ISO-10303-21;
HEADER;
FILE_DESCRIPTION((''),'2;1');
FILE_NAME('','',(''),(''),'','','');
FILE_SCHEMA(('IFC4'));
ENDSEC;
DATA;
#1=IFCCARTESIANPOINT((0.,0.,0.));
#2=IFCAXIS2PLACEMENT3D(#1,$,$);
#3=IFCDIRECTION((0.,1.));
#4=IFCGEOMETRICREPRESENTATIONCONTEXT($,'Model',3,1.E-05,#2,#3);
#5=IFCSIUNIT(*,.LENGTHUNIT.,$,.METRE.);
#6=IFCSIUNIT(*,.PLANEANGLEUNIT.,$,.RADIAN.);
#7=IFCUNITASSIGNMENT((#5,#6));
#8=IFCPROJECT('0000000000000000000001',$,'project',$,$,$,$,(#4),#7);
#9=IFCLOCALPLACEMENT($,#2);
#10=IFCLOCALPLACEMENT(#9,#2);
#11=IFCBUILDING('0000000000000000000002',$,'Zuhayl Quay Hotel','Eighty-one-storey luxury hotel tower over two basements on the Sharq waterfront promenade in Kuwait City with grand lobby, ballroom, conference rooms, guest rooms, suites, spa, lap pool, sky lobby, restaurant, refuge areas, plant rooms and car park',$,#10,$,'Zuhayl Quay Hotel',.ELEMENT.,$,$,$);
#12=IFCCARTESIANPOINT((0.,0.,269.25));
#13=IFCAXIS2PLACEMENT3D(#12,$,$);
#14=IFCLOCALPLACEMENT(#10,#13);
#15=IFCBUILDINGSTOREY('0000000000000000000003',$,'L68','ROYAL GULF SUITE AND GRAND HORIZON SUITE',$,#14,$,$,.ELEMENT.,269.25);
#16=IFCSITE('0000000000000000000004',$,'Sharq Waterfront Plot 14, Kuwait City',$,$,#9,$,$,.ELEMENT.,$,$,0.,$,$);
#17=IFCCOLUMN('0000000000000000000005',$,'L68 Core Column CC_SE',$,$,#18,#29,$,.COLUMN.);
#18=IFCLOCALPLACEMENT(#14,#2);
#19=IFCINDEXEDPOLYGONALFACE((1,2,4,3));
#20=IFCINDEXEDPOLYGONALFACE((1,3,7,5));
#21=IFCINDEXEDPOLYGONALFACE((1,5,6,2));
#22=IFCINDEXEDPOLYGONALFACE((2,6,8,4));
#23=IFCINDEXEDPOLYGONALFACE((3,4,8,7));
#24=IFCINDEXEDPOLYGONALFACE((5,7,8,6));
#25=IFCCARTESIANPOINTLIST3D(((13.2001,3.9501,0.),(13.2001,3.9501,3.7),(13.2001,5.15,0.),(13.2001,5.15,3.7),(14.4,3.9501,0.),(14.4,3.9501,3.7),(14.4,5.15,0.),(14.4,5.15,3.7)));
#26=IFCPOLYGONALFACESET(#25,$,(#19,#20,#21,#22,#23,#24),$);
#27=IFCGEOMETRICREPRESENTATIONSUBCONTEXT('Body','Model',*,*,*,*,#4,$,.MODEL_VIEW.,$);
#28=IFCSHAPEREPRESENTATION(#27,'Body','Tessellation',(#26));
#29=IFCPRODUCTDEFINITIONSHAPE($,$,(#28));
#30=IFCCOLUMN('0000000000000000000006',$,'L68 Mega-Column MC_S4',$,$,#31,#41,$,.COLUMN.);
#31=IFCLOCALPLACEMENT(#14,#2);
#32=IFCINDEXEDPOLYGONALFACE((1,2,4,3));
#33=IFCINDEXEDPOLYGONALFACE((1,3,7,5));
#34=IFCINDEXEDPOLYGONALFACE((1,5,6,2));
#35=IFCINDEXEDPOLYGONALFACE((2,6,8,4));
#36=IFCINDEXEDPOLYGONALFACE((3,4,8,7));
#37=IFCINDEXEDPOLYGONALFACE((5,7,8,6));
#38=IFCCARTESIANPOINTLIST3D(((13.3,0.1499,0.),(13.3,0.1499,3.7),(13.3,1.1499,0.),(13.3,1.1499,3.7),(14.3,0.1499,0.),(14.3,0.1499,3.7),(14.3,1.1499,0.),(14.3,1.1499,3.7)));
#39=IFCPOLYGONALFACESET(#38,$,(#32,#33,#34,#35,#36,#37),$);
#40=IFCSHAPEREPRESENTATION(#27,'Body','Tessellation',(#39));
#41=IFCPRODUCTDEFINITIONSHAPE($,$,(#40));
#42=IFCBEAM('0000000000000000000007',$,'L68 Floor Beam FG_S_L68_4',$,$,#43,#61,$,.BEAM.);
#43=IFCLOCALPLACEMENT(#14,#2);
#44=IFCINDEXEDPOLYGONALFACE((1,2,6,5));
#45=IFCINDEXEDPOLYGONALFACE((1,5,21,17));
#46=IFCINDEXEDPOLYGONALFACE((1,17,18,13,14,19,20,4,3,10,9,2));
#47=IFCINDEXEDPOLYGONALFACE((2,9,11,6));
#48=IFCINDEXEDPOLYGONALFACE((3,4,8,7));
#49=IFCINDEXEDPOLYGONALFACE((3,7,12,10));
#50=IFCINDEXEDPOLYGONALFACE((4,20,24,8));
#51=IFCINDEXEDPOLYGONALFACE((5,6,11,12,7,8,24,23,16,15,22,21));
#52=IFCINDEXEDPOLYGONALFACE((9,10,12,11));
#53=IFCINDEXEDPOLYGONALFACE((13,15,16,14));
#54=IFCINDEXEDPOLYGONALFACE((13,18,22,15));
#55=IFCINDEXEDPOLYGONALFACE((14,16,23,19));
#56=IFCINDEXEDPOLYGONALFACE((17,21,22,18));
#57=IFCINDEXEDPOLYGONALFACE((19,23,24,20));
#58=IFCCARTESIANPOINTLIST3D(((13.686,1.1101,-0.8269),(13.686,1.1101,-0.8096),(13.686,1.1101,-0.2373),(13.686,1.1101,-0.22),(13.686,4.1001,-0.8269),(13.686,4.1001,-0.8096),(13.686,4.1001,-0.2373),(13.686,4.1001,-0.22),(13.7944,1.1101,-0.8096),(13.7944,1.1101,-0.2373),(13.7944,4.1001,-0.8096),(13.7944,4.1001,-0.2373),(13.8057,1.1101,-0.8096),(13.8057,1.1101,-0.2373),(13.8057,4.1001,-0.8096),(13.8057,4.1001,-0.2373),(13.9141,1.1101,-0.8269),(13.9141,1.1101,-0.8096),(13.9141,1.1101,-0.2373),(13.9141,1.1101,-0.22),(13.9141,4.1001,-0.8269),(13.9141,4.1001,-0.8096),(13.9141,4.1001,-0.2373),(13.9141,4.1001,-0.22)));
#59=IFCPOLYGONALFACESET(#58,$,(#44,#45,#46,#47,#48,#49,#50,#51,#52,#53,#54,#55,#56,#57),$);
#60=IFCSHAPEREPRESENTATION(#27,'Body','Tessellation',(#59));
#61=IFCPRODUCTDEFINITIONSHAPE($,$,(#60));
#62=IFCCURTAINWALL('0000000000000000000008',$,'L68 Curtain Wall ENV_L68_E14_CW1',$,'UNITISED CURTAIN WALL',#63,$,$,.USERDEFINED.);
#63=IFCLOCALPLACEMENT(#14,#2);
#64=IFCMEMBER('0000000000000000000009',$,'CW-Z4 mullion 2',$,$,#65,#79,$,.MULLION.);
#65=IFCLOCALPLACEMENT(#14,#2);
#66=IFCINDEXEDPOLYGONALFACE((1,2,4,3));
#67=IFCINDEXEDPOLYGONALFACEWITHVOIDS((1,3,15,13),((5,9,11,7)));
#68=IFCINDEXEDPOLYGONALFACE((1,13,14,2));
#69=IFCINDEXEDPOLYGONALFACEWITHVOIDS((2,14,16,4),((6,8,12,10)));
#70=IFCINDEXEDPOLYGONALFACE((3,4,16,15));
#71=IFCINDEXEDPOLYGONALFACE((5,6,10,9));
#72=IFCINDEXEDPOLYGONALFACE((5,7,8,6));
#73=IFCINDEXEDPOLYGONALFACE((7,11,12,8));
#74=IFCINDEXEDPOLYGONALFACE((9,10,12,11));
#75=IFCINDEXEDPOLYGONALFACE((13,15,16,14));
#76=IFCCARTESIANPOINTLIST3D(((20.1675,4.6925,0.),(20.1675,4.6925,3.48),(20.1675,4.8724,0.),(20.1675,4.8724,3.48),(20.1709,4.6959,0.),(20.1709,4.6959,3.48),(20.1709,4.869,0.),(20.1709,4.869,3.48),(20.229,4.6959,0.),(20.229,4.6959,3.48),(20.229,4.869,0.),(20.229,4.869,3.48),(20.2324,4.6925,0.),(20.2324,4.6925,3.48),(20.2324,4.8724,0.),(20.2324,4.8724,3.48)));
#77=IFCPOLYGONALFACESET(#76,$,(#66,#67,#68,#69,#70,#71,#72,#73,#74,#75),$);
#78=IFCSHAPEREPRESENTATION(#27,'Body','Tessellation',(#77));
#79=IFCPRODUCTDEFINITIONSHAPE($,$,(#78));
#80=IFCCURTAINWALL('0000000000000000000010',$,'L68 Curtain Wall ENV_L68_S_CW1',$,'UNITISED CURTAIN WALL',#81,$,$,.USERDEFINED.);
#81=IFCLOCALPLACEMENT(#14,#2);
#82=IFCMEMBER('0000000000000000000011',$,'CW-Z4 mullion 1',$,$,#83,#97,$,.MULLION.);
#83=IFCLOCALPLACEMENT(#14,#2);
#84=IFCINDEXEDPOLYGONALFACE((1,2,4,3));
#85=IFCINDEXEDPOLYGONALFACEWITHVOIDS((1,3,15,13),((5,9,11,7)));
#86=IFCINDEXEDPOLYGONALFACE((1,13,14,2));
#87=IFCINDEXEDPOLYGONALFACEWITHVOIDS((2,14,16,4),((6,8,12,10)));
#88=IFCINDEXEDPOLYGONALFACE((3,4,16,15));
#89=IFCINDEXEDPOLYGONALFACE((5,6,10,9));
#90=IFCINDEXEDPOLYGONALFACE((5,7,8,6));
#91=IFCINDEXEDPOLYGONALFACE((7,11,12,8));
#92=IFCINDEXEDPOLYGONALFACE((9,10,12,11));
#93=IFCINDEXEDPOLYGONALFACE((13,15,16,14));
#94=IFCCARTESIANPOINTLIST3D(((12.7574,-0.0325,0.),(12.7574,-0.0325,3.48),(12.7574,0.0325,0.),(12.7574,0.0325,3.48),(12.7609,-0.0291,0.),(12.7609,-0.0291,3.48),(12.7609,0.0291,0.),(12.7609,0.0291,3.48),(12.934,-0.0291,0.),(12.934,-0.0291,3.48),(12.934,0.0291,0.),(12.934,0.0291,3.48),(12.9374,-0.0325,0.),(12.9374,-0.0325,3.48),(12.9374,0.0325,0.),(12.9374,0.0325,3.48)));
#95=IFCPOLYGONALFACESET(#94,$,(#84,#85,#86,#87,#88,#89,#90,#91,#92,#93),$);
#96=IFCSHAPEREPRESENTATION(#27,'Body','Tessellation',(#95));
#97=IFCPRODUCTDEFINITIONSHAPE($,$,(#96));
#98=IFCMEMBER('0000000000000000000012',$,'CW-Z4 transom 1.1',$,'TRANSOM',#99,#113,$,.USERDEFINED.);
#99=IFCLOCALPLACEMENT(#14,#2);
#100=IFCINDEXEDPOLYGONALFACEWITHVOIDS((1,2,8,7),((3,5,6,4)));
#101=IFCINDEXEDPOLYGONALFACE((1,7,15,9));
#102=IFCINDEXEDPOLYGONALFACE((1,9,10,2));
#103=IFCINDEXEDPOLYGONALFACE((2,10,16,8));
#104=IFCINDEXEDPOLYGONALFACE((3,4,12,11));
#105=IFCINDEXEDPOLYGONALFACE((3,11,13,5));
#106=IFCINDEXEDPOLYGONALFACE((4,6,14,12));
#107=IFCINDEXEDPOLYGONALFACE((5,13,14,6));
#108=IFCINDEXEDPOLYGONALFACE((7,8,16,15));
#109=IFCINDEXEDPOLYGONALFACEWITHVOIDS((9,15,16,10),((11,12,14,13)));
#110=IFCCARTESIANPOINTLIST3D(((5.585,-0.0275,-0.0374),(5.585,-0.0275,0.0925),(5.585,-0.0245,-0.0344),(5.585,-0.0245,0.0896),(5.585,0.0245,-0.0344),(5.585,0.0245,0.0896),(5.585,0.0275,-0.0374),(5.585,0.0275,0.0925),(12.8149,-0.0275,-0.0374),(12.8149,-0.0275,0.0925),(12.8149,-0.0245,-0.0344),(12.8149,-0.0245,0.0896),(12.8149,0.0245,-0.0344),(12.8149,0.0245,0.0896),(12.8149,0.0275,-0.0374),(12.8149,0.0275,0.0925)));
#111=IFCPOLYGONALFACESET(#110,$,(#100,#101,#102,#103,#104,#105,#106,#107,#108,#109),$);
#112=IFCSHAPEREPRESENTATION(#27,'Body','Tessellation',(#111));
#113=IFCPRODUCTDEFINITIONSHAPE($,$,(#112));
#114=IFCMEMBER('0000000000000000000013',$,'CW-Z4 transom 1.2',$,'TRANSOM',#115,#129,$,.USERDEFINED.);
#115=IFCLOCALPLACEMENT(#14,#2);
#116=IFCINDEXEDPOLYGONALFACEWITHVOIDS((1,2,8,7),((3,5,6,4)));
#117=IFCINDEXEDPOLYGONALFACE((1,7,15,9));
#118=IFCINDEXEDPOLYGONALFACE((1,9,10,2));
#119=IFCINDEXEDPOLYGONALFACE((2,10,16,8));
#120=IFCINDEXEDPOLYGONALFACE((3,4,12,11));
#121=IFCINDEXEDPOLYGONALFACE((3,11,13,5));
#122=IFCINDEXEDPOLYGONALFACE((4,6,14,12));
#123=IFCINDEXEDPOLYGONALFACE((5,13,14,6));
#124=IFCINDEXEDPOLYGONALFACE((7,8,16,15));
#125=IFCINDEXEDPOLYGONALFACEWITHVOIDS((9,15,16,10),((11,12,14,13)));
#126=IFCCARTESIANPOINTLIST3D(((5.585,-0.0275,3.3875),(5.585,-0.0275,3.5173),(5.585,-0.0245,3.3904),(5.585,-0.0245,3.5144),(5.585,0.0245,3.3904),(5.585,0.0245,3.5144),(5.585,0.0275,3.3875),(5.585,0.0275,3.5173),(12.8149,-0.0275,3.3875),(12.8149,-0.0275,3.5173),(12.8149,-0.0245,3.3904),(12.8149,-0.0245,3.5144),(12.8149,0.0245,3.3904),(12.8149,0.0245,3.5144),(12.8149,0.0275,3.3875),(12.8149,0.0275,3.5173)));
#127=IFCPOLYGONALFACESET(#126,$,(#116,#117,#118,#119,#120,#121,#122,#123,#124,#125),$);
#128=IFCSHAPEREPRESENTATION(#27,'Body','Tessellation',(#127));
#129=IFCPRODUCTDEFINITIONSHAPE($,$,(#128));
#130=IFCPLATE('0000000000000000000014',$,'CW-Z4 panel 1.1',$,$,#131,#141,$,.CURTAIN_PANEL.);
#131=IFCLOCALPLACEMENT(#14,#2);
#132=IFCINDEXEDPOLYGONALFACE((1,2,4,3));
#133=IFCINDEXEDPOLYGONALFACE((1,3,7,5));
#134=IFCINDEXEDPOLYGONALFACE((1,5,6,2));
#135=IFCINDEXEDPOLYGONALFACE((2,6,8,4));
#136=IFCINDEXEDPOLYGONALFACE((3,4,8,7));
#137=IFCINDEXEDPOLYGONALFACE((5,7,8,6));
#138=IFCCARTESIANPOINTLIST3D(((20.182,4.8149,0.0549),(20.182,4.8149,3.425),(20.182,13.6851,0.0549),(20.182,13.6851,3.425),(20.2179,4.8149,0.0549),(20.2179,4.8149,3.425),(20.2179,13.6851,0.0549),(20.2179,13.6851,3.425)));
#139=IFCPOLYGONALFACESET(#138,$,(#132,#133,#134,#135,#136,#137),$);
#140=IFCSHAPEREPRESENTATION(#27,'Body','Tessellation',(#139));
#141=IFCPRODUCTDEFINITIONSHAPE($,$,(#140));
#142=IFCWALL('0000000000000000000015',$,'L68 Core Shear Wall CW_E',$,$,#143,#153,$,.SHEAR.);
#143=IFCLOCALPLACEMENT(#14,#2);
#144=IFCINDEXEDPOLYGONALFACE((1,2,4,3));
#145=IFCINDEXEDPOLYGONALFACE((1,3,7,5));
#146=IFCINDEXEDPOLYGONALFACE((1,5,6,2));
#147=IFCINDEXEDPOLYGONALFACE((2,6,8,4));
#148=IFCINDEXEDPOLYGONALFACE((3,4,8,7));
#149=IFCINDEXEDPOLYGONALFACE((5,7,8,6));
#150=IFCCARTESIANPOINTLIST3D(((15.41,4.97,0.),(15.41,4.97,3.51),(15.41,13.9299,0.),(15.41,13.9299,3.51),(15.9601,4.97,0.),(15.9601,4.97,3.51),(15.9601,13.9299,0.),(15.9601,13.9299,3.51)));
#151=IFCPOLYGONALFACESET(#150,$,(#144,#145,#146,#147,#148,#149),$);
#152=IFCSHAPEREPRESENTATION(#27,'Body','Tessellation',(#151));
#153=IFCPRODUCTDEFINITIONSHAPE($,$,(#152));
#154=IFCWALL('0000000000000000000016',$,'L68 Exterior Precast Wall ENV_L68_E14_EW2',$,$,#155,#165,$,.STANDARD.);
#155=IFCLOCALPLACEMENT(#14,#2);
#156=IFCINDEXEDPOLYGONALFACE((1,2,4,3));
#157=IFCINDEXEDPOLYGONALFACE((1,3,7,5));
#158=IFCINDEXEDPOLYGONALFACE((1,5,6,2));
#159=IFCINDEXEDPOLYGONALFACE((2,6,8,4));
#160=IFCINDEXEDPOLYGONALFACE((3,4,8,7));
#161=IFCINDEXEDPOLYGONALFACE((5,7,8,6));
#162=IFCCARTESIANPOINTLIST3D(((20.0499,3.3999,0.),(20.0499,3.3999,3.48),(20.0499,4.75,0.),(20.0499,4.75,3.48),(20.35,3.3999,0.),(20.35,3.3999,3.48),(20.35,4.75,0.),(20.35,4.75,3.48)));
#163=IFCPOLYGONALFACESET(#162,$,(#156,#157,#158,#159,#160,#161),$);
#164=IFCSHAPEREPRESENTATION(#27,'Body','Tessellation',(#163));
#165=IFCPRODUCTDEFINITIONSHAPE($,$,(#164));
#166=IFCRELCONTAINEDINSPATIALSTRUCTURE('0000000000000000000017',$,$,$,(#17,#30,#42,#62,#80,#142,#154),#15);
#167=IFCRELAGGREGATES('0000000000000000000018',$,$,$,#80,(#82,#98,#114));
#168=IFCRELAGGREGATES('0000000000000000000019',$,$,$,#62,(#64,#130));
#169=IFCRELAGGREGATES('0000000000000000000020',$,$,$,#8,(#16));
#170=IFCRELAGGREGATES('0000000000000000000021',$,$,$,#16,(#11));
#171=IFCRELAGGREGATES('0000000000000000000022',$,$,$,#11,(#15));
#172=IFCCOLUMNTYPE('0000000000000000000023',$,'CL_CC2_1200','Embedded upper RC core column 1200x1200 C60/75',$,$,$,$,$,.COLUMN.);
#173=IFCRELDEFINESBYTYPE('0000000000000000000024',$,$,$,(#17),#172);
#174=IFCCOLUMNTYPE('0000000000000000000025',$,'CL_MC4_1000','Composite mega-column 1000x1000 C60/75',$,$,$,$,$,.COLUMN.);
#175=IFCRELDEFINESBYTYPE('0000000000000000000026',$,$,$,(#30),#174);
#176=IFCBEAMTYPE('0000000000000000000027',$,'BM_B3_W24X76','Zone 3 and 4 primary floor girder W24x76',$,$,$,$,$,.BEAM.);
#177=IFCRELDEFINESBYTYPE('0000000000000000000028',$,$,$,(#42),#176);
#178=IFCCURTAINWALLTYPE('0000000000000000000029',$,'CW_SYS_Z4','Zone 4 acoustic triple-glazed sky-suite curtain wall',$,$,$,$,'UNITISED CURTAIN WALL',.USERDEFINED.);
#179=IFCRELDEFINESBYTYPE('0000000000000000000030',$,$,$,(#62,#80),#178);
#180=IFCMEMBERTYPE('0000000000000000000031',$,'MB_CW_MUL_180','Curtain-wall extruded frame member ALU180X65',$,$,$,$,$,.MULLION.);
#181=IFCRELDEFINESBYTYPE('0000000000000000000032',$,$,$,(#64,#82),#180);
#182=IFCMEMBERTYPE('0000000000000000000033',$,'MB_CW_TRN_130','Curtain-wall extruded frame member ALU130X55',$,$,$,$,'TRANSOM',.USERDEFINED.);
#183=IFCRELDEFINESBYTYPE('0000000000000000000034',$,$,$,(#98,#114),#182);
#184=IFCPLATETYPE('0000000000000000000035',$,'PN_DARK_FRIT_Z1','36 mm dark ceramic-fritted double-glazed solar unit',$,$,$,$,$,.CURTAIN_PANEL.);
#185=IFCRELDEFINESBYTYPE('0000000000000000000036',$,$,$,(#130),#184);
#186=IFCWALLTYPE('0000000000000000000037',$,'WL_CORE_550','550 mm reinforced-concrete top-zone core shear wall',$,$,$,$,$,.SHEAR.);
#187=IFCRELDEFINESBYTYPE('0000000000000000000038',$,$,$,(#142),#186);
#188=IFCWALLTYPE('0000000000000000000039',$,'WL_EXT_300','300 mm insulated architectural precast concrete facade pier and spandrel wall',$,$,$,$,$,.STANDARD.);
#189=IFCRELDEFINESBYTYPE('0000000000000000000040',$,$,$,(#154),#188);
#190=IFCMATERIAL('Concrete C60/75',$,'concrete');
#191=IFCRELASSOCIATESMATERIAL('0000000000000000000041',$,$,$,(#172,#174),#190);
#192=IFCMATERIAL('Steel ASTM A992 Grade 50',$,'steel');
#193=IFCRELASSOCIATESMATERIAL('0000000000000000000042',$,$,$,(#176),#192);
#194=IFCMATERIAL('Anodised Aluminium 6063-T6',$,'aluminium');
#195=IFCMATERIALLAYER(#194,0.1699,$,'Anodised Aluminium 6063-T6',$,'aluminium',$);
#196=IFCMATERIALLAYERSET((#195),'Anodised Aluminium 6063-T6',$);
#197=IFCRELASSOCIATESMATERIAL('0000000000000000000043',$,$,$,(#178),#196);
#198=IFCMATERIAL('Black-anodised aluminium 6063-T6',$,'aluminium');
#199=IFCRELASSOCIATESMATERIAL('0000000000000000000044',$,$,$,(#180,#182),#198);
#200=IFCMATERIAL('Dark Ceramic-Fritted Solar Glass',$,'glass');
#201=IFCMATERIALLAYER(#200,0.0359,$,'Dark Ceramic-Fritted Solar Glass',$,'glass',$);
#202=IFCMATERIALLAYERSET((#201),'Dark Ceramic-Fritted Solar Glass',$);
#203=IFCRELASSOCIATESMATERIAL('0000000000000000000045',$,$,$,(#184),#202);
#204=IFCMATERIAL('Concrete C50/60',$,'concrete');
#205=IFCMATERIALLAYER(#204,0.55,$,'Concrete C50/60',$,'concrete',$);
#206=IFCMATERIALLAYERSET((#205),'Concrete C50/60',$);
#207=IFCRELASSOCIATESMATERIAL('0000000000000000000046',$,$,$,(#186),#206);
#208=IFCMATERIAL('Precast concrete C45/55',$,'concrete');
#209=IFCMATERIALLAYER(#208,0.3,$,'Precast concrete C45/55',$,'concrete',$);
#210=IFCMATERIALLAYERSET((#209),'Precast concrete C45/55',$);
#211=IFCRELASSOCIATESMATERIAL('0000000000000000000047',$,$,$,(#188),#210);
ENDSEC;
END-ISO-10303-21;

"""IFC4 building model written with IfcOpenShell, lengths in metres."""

from ifc_helpers import new_model, si_unit, direction, frame, frame_2d, origin, origin_2d, place, context, subcontext, project, spatial, rectangle, hollow_rectangle, i_section, extrude, material, layer, layer_set, material_profile, profile_set, type_object, element, aggregate, save


model = new_model("IFC4")

# Units and contexts
model_context = context("Model", 3, precision=1e-05, world=origin(), true_north=direction((0.0, 1.0)))
body_context = subcontext(model_context, "Body", "Model", "MODEL_VIEW")
ifc_project = project(units=[si_unit("LENGTHUNIT", "METRE"), si_unit("PLANEANGLEUNIT", "RADIAN")], contexts=[model_context])

# Site, building, storey
site_placement = place(None, origin())
site = spatial("IfcSite", under=ifc_project, at=site_placement, Name="Sharq Waterfront Plot 14, Kuwait City", CompositionType="ELEMENT", RefElevation=0.0)
building_placement = place(site_placement, origin())
building = spatial("IfcBuilding", under=site, at=building_placement, Name="Zuhayl Quay Hotel", Description="Eighty-one-storey luxury hotel tower over two basements on the Sharq waterfront promenade in Kuwait City with grand lobby, ballroom, conference rooms, guest rooms, suites, spa, lap pool, sky lobby, restaurant, refuge areas, plant rooms and car park", LongName="Zuhayl Quay Hotel", CompositionType="ELEMENT")
storey_placement = place(building_placement, frame((0.0, 0.0, 269.25)))
storey = spatial("IfcBuildingStorey", under=building, at=storey_placement, Name="L68", Description="ROYAL GULF SUITE AND GRAND HORIZON SUITE", CompositionType="ELEMENT", Elevation=269.25)

# Columns
ifc_material_1 = material(Name="Concrete C60/75", Category="concrete")
ifc_material_profile_1 = material_profile(ifc_material_1, rectangle(XDim=1.2, YDim=1.2, at=origin_2d()), Name="RC1200X1200")
ifc_profile_set_1 = profile_set([ifc_material_profile_1], Name="Concrete C60/75")
column_type_1 = type_object("IfcColumnType", Name="CL_CC2_1200", Description="Embedded upper RC core column 1200x1200 C60/75", PredefinedType="COLUMN", material=ifc_profile_set_1)
column_1_placement = place(storey_placement, frame((13.8, 4.55, 0.0), z_axis=(0.0, 0.0, 1.0), x_axis=(1.0, 0.0, 0.0)))
element("IfcColumn", 1, at=column_1_placement, inside=storey, type_object=column_type_1, Name="L68 Core Column CC_SE", PredefinedType="COLUMN", context=body_context, shape_type="SweptSolid", body=[
    extrude(rectangle(XDim=1.2, YDim=1.2, at=origin_2d()), origin(), (0.0, 0.0, 1.0), 3.7),
])
ifc_material_profile_2 = material_profile(ifc_material_1, rectangle(XDim=1.0, YDim=1.0, at=origin_2d()), Name="RC1000X1000")
ifc_profile_set_2 = profile_set([ifc_material_profile_2], Name="Concrete C60/75")
column_type_2 = type_object("IfcColumnType", Name="CL_MC4_1000", Description="Composite mega-column 1000x1000 C60/75", PredefinedType="COLUMN", material=ifc_profile_set_2)
column_2_placement = place(storey_placement, frame((13.8, 0.6499, 0.0), z_axis=(0.0, 0.0, 1.0), x_axis=(1.0, 0.0, 0.0)))
element("IfcColumn", 2, at=column_2_placement, inside=storey, type_object=column_type_2, Name="L68 Mega-Column MC_S4", PredefinedType="COLUMN", context=body_context, shape_type="SweptSolid", body=[
    extrude(rectangle(XDim=1.0, YDim=1.0, at=origin_2d()), origin(), (0.0, 0.0, 1.0), 3.7),
])

# Beam
ifc_material_2 = material(Name="Steel ASTM A992 Grade 50", Category="steel")
ifc_material_profile_3 = material_profile(ifc_material_2, i_section(OverallWidth=0.228, OverallDepth=0.6069, WebThickness=0.0112, FlangeThickness=0.0173, at=origin_2d()), Name="W24X76")
ifc_profile_set_3 = profile_set([ifc_material_profile_3], Name="Steel ASTM A992 Grade 50")
beam_type = type_object("IfcBeamType", Name="BM_B3_W24X76", Description="Zone 3 and 4 primary floor girder W24x76", PredefinedType="BEAM", material=ifc_profile_set_3)
beam_placement = place(storey_placement, frame((13.8, 1.1101, -0.5234), z_axis=(0.0, 1.0, 0.0), x_axis=(-1.0, 0.0, 0.0)))
element("IfcBeam", 3, at=beam_placement, inside=storey, type_object=beam_type, Name="L68 Floor Beam FG_S_L68_4", PredefinedType="BEAM", context=body_context, shape_type="SweptSolid", body=[
    extrude(i_section(OverallWidth=0.228, OverallDepth=0.6069, WebThickness=0.0112, FlangeThickness=0.0173, at=origin_2d()), origin(), (0.0, 0.0, 1.0), 2.99),
])

# Curtain wall, member
ifc_material_3 = material(Name="Anodised Aluminium 6063-T6", Category="aluminium")
ifc_layer_1 = layer(ifc_material_3, 0.1699, Name="Anodised Aluminium 6063-T6", Category="aluminium")
ifc_layer_set_1 = layer_set([ifc_layer_1], Name="Anodised Aluminium 6063-T6")
curtain_wall_type = type_object("IfcCurtainWallType", Name="CW_SYS_Z4", Description="Zone 4 acoustic triple-glazed sky-suite curtain wall", ElementType="UNITISED CURTAIN WALL", PredefinedType="USERDEFINED", material=ifc_layer_set_1)
curtain_wall_1_placement = place(storey_placement, origin())
curtain_wall_1 = element("IfcCurtainWall", 4, at=curtain_wall_1_placement, inside=storey, type_object=curtain_wall_type, Name="L68 Curtain Wall ENV_L68_E14_CW1", ObjectType="UNITISED CURTAIN WALL", PredefinedType="USERDEFINED")
ifc_material_4 = material(Name="Black-anodised aluminium 6063-T6", Category="aluminium")
ifc_material_profile_4 = material_profile(ifc_material_4, hollow_rectangle(XDim=0.0649, YDim=0.1799, WallThickness=0.0034, at=origin_2d()), Name="ALU180X65")
ifc_profile_set_4 = profile_set([ifc_material_profile_4], Name="Black-anodised aluminium 6063-T6")
member_type_1 = type_object("IfcMemberType", Name="MB_CW_MUL_180", Description="Curtain-wall extruded frame member ALU180X65", PredefinedType="MULLION", material=ifc_profile_set_4)
member_1_placement = place(storey_placement, frame((20.2, 4.7825, 0.0), z_axis=(0.0, 0.0, 1.0), x_axis=(1.0, 0.0, 0.0)))
member_1 = element("IfcMember", 5, at=member_1_placement, type_object=member_type_1, Name="CW-Z4 mullion 2", PredefinedType="MULLION", context=body_context, shape_type="SweptSolid", body=[
    extrude(hollow_rectangle(XDim=0.0649, YDim=0.1799, WallThickness=0.0034, at=origin_2d()), origin(), (0.0, 0.0, 1.0), 3.48),
])

# Curtain wall, members
curtain_wall_2_placement = place(storey_placement, origin())
curtain_wall_2 = element("IfcCurtainWall", 6, at=curtain_wall_2_placement, inside=storey, type_object=curtain_wall_type, Name="L68 Curtain Wall ENV_L68_S_CW1", ObjectType="UNITISED CURTAIN WALL", PredefinedType="USERDEFINED")
member_2_placement = place(storey_placement, frame((12.8474, 0.0, 0.0), z_axis=(0.0, 0.0, 1.0), x_axis=(0.0, -1.0, 0.0)))
member_2 = element("IfcMember", 7, at=member_2_placement, type_object=member_type_1, Name="CW-Z4 mullion 1", PredefinedType="MULLION", context=body_context, shape_type="SweptSolid", body=[
    extrude(hollow_rectangle(XDim=0.0649, YDim=0.1799, WallThickness=0.0034, at=origin_2d()), origin(), (0.0, 0.0, 1.0), 3.48),
])
ifc_material_profile_5 = material_profile(ifc_material_4, hollow_rectangle(XDim=0.0549, YDim=0.1299, WallThickness=0.0029, at=origin_2d()), Name="ALU130X55")
ifc_profile_set_5 = profile_set([ifc_material_profile_5], Name="Black-anodised aluminium 6063-T6")
member_type_2 = type_object("IfcMemberType", Name="MB_CW_TRN_130", Description="Curtain-wall extruded frame member ALU130X55", ElementType="TRANSOM", PredefinedType="USERDEFINED", material=ifc_profile_set_5)
member_3_placement = place(storey_placement, frame((12.8149, 0.0, 0.0276), z_axis=(-1.0, 0.0, 0.0), x_axis=(0.0, -1.0, 0.0)))
member_3 = element("IfcMember", 8, at=member_3_placement, type_object=member_type_2, Name="CW-Z4 transom 1.1", ObjectType="TRANSOM", PredefinedType="USERDEFINED", context=body_context, shape_type="SweptSolid", body=[
    extrude(hollow_rectangle(XDim=0.0549, YDim=0.1299, WallThickness=0.0029, at=origin_2d()), origin(), (0.0, 0.0, 1.0), 7.23),
])
member_4_placement = place(storey_placement, frame((12.8149, 0.0, 3.4524), z_axis=(-1.0, 0.0, 0.0), x_axis=(0.0, -1.0, 0.0)))
member_4 = element("IfcMember", 9, at=member_4_placement, type_object=member_type_2, Name="CW-Z4 transom 1.2", ObjectType="TRANSOM", PredefinedType="USERDEFINED", context=body_context, shape_type="SweptSolid", body=[
    extrude(hollow_rectangle(XDim=0.0549, YDim=0.1299, WallThickness=0.0029, at=origin_2d()), origin(), (0.0, 0.0, 1.0), 7.23),
])
aggregate(curtain_wall_2, [member_2, member_3, member_4])

# Plate
ifc_material_5 = material(Name="Dark Ceramic-Fritted Solar Glass", Category="glass")
ifc_layer_2 = layer(ifc_material_5, 0.0359, Name="Dark Ceramic-Fritted Solar Glass", Category="glass")
ifc_layer_set_2 = layer_set([ifc_layer_2], Name="Dark Ceramic-Fritted Solar Glass")
plate_type = type_object("IfcPlateType", Name="PN_DARK_FRIT_Z1", Description="36 mm dark ceramic-fritted double-glazed solar unit", PredefinedType="CURTAIN_PANEL", material=ifc_layer_set_2)
plate_placement = place(storey_placement, frame((20.2, 9.25, 0.0549), z_axis=(0.0, 0.0, 1.0), x_axis=(0.0, -1.0, 0.0)))
plate = element("IfcPlate", 10, at=plate_placement, type_object=plate_type, Name="CW-Z4 panel 1.1", PredefinedType="CURTAIN_PANEL", context=body_context, shape_type="SweptSolid", body=[
    extrude(rectangle(XDim=8.8701, YDim=0.0359, at=origin_2d()), origin(), (0.0, 0.0, 1.0), 3.3701),
])
aggregate(curtain_wall_1, [member_1, plate])

# Walls
ifc_material_6 = material(Name="Concrete C50/60", Category="concrete")
ifc_layer_3 = layer(ifc_material_6, 0.55, Name="Concrete C50/60", Category="concrete")
ifc_layer_set_3 = layer_set([ifc_layer_3], Name="Concrete C50/60")
wall_type_1 = type_object("IfcWallType", Name="WL_CORE_550", Description="550 mm reinforced-concrete top-zone core shear wall", PredefinedType="SHEAR", material=ifc_layer_set_3)
wall_1_placement = place(storey_placement, frame((15.6851, 4.97, 0.0), z_axis=(0.0, 0.0, 1.0), x_axis=(0.0, 1.0, 0.0)))
element("IfcWall", 11, at=wall_1_placement, inside=storey, type_object=wall_type_1, Name="L68 Core Shear Wall CW_E", PredefinedType="SHEAR", context=body_context, shape_type="SweptSolid", body=[
    extrude(rectangle(XDim=8.96, YDim=0.55, at=frame_2d((4.48, 0.0))), origin(), (0.0, 0.0, 1.0), 3.51),
])
ifc_material_7 = material(Name="Precast concrete C45/55", Category="concrete")
ifc_layer_4 = layer(ifc_material_7, 0.3, Name="Precast concrete C45/55", Category="concrete")
ifc_layer_set_4 = layer_set([ifc_layer_4], Name="Precast concrete C45/55")
wall_type_2 = type_object("IfcWallType", Name="WL_EXT_300", Description="300 mm insulated architectural precast concrete facade pier and spandrel wall", PredefinedType="STANDARD", material=ifc_layer_set_4)
wall_2_placement = place(storey_placement, frame((20.2, 4.75, 0.0), z_axis=(0.0, 0.0, 1.0), x_axis=(0.0, -1.0, 0.0)))
element("IfcWall", 12, at=wall_2_placement, inside=storey, type_object=wall_type_2, Name="L68 Exterior Precast Wall ENV_L68_E14_EW2", PredefinedType="STANDARD", context=body_context, shape_type="SweptSolid", body=[
    extrude(rectangle(XDim=1.3501, YDim=0.3, at=frame_2d((0.675, 0.0))), origin(), (0.0, 0.0, 1.0), 3.48),
])

save(model, "model.ifc")
